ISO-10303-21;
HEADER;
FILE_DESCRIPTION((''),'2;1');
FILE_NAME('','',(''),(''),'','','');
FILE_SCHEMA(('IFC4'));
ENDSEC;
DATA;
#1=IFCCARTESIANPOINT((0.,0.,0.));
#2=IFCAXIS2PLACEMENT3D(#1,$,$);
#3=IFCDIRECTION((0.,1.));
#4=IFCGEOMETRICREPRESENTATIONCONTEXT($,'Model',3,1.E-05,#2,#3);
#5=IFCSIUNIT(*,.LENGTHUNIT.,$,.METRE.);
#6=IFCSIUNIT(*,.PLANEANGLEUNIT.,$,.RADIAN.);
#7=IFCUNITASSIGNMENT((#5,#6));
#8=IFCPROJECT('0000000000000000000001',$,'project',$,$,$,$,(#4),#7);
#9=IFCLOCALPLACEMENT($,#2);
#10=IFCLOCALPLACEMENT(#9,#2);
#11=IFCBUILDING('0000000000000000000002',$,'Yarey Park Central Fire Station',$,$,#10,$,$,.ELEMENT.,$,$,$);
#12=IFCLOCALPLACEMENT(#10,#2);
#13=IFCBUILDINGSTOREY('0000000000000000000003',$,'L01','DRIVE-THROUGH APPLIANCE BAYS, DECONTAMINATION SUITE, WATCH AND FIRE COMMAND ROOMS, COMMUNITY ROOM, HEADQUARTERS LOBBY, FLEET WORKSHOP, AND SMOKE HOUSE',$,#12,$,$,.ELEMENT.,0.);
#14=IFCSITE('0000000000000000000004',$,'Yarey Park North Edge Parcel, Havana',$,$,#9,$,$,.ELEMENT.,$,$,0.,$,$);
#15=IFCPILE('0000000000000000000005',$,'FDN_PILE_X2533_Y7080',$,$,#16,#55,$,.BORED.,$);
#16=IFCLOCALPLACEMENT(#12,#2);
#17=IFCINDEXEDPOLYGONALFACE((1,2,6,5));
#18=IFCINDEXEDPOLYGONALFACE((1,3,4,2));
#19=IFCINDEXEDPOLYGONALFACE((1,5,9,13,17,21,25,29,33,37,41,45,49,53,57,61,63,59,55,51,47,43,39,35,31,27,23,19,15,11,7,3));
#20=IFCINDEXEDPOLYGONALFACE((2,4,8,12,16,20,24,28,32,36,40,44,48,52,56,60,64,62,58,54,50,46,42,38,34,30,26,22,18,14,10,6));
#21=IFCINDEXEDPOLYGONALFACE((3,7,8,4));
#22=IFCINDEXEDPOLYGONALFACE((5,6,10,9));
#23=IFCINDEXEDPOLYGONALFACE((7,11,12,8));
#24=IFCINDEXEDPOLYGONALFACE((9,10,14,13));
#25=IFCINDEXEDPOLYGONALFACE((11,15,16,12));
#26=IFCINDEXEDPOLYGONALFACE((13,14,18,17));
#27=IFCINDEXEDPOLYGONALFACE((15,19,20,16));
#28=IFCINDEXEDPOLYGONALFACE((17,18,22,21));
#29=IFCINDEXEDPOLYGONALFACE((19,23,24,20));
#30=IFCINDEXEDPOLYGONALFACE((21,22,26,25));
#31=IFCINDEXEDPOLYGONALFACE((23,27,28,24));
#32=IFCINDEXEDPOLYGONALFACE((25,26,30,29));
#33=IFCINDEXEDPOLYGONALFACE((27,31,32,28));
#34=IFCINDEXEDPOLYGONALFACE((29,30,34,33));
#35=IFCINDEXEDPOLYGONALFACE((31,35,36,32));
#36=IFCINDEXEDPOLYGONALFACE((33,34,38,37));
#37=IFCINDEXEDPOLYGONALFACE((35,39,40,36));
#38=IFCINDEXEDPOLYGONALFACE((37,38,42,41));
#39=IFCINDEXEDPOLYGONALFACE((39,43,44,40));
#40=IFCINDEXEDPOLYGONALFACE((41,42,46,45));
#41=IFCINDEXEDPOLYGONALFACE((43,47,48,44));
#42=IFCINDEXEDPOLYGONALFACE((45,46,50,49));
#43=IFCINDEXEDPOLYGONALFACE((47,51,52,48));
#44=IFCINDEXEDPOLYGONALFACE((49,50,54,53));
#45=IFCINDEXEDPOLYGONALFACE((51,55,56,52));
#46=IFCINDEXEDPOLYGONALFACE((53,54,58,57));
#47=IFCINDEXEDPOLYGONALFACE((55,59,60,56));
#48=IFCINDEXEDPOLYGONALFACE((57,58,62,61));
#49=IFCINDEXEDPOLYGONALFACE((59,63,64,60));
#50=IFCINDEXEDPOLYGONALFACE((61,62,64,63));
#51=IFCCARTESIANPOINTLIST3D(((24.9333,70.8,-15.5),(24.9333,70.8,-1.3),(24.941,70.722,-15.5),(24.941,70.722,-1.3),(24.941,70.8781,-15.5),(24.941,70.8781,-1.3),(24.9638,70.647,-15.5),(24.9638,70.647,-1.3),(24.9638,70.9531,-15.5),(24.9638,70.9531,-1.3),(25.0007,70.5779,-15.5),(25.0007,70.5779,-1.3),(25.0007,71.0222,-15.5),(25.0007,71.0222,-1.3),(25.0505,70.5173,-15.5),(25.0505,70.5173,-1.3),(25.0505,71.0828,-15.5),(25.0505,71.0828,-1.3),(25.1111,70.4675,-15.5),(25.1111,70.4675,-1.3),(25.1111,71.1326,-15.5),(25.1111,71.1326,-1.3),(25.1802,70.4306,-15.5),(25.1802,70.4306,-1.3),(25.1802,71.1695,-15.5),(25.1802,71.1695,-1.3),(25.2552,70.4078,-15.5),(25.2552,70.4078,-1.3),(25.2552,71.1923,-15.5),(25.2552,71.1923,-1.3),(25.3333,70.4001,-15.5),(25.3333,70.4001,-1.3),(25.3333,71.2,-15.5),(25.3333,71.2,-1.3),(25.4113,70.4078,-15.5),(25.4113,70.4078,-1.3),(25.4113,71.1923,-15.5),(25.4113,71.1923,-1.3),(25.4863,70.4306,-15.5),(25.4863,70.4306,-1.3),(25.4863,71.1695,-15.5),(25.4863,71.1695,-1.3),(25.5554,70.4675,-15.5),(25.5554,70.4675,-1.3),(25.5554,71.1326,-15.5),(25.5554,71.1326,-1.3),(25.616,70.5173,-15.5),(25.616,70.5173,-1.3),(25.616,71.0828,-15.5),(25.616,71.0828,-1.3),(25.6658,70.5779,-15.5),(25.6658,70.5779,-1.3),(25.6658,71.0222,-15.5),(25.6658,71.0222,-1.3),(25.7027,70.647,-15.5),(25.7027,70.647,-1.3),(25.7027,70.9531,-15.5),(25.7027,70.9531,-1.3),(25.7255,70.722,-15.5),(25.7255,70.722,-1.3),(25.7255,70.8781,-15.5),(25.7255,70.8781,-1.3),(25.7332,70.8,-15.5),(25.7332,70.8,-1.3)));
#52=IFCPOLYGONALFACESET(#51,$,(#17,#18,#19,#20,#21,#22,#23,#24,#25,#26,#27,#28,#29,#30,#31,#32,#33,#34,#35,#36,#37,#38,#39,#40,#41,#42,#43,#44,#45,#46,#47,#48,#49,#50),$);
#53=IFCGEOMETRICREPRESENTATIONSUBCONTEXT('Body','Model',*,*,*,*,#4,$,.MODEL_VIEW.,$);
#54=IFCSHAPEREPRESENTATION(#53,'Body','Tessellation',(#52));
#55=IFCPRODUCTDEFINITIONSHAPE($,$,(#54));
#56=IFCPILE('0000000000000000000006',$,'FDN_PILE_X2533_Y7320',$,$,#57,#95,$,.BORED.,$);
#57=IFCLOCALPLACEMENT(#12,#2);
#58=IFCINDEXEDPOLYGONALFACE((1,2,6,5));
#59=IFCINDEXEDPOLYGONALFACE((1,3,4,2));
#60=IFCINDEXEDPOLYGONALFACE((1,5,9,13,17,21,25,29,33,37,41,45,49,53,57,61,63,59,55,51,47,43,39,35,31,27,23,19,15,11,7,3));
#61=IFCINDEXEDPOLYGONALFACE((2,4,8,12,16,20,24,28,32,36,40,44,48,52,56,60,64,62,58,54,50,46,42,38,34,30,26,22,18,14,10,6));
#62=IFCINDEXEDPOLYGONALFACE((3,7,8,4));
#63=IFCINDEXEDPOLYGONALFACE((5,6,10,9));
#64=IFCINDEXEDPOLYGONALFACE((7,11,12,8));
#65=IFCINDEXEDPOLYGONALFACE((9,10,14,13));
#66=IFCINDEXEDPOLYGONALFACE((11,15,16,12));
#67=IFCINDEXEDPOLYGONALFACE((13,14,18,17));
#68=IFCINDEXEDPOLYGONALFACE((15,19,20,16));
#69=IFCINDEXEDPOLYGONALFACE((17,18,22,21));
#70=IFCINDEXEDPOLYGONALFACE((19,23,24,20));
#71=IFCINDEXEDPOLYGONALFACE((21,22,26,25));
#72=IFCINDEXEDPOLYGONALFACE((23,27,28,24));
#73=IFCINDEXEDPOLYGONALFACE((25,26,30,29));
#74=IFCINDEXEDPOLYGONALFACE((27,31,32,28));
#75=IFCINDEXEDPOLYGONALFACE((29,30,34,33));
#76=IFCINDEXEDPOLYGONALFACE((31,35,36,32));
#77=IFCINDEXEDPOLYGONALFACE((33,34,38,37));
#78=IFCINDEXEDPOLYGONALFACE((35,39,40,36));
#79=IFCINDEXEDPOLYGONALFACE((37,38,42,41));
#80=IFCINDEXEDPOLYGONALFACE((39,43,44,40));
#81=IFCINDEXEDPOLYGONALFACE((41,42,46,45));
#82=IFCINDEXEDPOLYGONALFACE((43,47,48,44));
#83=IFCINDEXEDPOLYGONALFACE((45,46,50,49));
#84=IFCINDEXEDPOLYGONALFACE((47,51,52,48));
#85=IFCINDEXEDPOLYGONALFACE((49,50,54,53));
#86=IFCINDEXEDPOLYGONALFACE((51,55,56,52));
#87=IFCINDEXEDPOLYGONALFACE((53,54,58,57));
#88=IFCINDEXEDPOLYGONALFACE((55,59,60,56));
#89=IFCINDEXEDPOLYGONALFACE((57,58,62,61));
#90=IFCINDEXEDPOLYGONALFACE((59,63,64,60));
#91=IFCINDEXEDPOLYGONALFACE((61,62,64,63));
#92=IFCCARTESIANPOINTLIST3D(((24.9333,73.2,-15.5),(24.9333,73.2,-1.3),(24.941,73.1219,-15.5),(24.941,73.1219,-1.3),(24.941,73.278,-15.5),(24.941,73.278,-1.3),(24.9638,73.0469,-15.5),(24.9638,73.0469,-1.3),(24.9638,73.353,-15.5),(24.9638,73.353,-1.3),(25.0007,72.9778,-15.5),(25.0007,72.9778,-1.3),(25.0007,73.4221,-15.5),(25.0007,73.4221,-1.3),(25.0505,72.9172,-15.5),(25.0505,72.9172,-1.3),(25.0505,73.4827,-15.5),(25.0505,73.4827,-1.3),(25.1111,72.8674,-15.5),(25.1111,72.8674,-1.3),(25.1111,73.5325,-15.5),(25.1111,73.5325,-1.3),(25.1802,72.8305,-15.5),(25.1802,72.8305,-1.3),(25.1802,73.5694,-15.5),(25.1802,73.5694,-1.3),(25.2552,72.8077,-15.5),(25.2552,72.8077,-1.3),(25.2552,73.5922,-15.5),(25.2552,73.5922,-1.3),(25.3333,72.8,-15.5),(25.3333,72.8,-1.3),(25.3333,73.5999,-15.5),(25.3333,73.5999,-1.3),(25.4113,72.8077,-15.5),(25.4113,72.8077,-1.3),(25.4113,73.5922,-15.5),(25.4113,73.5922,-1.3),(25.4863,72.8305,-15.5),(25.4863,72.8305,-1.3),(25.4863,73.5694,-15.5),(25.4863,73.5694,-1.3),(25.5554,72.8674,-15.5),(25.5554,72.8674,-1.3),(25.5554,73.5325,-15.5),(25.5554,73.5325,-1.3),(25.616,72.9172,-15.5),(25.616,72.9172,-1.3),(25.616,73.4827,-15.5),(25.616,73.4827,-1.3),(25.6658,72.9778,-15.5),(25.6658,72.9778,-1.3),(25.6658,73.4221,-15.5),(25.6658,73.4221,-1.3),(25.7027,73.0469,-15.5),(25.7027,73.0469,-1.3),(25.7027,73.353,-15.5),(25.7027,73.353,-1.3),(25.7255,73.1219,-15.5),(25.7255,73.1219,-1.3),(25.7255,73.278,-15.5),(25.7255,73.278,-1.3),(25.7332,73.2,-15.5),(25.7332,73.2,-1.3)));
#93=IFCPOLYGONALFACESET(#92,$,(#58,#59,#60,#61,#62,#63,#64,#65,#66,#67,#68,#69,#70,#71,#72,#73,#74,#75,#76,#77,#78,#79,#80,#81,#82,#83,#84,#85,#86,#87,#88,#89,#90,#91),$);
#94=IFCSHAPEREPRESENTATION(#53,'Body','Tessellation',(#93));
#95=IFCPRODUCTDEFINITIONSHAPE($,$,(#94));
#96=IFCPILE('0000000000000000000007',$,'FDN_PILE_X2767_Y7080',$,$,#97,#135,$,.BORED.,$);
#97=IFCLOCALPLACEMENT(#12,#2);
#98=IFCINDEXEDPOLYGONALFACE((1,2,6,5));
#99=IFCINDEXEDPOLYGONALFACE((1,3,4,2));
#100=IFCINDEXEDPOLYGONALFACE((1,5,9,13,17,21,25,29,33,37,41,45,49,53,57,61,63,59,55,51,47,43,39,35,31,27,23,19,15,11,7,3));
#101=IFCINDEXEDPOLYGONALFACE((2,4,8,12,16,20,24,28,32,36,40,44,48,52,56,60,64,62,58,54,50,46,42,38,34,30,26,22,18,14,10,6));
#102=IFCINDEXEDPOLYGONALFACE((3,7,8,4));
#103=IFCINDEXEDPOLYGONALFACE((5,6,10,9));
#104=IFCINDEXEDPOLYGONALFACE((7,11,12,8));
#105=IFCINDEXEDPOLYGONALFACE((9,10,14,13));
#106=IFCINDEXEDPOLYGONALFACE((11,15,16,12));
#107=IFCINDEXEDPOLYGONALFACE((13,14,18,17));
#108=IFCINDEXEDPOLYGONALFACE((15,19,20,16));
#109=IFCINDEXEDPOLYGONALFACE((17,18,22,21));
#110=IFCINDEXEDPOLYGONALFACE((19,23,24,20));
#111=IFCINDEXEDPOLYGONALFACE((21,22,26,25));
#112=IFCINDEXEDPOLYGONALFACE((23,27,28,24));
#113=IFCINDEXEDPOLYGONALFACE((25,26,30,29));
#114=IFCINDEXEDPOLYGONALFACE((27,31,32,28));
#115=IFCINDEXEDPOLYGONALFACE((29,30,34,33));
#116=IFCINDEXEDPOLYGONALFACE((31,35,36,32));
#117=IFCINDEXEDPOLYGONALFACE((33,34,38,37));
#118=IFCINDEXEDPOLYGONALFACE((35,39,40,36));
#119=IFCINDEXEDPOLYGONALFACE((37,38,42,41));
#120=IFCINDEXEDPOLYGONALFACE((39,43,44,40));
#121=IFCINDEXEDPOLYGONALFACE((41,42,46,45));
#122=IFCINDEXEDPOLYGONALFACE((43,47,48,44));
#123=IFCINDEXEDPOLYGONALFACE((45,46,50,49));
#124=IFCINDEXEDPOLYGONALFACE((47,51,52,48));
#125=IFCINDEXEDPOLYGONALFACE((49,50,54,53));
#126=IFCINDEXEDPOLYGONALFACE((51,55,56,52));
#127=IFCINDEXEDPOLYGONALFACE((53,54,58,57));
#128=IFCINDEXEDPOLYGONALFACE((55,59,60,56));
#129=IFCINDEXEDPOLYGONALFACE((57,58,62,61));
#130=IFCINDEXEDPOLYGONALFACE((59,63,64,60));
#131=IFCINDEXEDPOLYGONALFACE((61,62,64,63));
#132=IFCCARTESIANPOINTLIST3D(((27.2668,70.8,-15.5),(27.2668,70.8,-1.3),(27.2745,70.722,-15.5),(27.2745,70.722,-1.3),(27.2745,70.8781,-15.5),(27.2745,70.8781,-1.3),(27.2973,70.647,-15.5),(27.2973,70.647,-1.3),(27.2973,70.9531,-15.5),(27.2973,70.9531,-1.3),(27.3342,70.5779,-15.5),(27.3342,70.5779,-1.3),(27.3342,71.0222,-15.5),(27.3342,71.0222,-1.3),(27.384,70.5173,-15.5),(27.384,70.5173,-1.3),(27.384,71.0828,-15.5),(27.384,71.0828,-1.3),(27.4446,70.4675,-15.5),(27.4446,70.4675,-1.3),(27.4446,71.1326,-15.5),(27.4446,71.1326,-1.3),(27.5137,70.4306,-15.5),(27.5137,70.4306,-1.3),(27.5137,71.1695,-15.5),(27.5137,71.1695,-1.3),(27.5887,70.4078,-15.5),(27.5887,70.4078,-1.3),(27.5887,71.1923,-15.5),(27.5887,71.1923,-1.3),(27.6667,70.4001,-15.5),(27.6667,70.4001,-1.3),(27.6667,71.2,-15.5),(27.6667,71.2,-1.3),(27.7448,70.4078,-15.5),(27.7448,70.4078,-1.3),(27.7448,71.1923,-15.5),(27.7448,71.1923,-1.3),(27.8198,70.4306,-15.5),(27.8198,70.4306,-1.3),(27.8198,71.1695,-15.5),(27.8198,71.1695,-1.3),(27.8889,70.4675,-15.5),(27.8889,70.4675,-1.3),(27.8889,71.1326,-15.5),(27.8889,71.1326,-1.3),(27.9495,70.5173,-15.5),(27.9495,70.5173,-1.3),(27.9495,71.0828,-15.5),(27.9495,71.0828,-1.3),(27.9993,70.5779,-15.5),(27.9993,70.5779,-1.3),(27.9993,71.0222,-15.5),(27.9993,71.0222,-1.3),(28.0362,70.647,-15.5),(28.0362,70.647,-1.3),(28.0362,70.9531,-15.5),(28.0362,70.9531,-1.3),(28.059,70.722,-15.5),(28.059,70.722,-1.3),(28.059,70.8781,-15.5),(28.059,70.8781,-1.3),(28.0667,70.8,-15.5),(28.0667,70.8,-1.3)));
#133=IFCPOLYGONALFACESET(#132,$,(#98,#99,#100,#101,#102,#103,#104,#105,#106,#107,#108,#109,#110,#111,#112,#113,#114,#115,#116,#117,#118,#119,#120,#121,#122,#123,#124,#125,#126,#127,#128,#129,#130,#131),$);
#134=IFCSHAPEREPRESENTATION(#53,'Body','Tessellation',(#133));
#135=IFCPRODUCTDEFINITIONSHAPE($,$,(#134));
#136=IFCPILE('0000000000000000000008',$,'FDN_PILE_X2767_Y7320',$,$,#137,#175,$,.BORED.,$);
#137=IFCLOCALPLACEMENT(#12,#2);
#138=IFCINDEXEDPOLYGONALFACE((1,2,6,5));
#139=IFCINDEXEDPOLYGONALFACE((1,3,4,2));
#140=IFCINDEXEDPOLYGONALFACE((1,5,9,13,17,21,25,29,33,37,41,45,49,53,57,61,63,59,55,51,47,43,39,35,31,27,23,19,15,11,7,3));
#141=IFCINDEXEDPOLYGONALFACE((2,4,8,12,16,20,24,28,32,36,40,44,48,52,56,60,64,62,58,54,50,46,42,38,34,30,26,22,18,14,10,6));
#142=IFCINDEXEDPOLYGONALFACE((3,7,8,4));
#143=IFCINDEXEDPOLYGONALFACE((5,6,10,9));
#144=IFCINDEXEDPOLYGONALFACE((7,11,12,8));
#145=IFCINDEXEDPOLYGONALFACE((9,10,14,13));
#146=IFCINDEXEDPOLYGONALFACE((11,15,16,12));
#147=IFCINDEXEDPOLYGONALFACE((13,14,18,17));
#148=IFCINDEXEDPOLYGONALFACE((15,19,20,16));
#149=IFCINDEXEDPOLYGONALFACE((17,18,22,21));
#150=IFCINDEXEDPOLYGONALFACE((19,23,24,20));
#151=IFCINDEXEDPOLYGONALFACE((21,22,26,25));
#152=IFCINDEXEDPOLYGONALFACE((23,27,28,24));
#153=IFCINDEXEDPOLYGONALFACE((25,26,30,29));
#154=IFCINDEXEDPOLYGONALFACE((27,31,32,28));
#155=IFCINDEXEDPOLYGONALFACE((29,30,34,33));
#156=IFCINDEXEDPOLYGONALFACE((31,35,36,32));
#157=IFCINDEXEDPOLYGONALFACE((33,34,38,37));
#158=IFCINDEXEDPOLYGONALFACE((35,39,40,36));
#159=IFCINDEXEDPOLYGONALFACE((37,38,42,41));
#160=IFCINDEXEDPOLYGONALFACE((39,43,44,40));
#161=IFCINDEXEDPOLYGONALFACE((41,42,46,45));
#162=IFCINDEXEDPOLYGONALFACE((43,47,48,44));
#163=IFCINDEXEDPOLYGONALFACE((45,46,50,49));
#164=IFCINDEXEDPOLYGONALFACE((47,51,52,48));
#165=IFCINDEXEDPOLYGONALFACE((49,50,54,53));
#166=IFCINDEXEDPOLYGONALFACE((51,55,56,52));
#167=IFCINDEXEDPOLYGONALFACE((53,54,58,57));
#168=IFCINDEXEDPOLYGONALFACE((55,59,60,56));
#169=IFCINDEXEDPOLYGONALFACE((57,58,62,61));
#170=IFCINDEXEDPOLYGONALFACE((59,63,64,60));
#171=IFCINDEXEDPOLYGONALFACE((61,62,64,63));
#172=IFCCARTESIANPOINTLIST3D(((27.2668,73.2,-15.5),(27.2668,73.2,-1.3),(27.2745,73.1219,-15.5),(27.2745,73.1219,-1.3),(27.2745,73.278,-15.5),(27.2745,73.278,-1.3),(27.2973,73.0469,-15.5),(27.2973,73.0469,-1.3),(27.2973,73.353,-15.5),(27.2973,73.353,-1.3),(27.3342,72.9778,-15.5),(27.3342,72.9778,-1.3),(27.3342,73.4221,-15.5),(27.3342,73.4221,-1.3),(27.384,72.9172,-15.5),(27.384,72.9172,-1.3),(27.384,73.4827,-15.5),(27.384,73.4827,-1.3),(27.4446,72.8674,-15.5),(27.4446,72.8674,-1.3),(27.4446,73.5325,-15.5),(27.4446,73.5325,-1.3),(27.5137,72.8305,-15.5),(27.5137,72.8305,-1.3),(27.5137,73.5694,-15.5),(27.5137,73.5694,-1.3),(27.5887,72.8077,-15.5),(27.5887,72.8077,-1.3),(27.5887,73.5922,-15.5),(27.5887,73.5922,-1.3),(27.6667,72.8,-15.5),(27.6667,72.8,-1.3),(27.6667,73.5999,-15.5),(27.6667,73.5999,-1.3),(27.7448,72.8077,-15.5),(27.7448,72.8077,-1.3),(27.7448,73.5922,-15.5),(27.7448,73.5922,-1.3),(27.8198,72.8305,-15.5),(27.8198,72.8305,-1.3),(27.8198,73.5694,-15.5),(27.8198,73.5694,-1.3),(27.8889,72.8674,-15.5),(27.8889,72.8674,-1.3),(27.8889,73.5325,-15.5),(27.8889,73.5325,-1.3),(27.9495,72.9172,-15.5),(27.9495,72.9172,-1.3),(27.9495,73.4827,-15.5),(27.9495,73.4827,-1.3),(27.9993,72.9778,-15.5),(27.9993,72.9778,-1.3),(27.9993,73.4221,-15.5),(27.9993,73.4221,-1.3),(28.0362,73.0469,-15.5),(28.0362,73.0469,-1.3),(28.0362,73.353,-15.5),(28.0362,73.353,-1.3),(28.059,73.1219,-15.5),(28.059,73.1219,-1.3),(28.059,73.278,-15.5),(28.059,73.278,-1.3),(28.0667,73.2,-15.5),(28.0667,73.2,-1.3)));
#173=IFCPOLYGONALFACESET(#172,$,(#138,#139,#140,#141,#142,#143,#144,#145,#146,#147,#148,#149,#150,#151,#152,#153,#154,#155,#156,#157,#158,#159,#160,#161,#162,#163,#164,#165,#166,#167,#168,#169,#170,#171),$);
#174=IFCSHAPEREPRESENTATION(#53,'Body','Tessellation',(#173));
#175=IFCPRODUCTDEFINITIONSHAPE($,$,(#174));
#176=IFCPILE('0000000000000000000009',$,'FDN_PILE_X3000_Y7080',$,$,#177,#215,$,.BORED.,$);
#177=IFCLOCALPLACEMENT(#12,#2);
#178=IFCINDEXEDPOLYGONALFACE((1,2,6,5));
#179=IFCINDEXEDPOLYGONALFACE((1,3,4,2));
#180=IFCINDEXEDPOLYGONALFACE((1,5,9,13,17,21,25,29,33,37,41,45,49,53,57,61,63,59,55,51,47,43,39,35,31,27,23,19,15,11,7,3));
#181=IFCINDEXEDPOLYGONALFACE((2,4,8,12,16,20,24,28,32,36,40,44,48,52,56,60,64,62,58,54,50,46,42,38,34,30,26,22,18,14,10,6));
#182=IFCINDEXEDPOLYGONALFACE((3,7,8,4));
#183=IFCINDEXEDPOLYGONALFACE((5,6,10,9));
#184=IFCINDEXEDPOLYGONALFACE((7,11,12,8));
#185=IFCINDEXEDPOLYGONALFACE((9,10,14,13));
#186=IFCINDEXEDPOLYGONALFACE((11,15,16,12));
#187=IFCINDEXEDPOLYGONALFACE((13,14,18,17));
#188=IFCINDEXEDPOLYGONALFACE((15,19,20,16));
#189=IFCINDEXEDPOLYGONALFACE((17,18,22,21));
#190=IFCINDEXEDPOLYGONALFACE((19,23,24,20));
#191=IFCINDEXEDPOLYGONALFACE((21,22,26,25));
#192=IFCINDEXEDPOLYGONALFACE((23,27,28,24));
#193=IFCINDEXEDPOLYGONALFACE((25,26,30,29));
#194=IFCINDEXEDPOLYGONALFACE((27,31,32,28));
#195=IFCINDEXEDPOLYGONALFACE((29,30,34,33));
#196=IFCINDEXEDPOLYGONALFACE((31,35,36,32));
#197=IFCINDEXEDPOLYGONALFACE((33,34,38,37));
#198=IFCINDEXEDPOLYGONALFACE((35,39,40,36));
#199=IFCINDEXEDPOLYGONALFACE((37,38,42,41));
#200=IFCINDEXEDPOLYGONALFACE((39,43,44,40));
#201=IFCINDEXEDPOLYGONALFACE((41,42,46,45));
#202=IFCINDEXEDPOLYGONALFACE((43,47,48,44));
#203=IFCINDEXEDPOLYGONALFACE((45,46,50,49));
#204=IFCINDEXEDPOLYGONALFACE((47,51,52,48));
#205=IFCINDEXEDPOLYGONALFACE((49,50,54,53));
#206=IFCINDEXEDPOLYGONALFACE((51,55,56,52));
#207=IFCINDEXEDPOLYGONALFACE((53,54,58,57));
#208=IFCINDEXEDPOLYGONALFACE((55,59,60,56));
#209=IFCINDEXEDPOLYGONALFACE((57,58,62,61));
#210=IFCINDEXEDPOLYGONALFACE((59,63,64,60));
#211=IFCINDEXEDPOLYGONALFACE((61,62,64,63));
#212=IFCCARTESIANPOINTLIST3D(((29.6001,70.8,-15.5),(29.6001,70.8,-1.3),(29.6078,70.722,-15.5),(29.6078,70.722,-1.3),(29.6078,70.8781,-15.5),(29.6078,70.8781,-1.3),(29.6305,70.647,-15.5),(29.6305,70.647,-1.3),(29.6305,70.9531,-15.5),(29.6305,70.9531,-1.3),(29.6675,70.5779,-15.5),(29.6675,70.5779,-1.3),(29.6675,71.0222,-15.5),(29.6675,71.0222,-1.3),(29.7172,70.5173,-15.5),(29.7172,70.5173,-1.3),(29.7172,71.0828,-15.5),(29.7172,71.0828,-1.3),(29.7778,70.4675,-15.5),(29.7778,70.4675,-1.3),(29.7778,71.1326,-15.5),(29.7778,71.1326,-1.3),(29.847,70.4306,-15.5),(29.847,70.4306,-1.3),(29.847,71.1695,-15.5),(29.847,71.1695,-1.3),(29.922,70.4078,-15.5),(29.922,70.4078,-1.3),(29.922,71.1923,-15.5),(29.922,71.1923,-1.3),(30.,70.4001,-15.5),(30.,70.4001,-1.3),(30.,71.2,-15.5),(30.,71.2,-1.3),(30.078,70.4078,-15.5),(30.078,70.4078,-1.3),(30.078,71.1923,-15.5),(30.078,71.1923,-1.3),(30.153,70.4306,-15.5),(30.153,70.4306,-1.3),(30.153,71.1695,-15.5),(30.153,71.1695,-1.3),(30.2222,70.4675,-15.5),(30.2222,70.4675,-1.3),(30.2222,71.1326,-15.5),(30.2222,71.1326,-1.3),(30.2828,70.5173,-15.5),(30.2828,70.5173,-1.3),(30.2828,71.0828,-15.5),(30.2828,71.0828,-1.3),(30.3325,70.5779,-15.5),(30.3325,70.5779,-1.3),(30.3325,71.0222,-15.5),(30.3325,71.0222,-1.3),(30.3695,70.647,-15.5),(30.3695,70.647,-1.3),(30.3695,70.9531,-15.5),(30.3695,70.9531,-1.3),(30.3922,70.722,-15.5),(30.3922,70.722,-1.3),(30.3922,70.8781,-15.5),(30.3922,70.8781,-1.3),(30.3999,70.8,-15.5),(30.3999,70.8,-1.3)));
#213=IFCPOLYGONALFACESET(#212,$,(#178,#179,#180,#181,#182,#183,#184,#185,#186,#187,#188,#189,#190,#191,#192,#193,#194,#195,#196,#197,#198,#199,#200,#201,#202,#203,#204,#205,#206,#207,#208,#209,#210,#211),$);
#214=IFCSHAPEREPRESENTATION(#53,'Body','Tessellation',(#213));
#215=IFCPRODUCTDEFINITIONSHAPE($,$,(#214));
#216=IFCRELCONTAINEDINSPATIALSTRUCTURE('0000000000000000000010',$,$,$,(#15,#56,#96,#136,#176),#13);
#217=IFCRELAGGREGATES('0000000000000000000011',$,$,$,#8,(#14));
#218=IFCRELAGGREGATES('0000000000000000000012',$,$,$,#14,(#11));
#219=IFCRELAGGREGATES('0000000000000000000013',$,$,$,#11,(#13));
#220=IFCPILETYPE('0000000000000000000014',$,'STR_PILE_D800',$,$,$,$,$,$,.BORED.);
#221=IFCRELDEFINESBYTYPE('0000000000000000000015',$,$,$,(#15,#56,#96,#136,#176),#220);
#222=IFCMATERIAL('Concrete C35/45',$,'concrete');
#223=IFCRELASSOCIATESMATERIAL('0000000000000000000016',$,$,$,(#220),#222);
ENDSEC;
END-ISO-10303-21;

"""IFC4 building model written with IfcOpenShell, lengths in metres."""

from ifc_helpers import new_model, si_unit, direction, frame, origin, origin_2d, place, context, subcontext, project, spatial, circle, extrude, material, material_profile, profile_set, type_object, element, save


model = new_model("IFC4")

# Units and contexts
model_context = context("Model", 3, precision=1e-05, world=origin(), true_north=direction((0.0, 1.0)))
body_context = subcontext(model_context, "Body", "Model", "MODEL_VIEW")
ifc_project = project(units=[si_unit("LENGTHUNIT", "METRE"), si_unit("PLANEANGLEUNIT", "RADIAN")], contexts=[model_context])

# Site, building, storey
site_placement = place(None, origin())
site = spatial("IfcSite", under=ifc_project, at=site_placement, Name="Yarey Park North Edge Parcel, Havana", CompositionType="ELEMENT", RefElevation=0.0)
building_placement = place(site_placement, origin())
building = spatial("IfcBuilding", under=site, at=building_placement, Name="Yarey Park Central Fire Station", CompositionType="ELEMENT")
storey_placement = place(building_placement, origin())
storey = spatial("IfcBuildingStorey", under=building, at=storey_placement, Name="L01", Description="DRIVE-THROUGH APPLIANCE BAYS, DECONTAMINATION SUITE, WATCH AND FIRE COMMAND ROOMS, COMMUNITY ROOM, HEADQUARTERS LOBBY, FLEET WORKSHOP, AND SMOKE HOUSE", CompositionType="ELEMENT", Elevation=0.0)

# Shared definitions
ifc_material_1 = material(Name="Concrete C35/45", Category="concrete")

# Piles
ifc_material_profile_1 = material_profile(ifc_material_1, circle(Radius=0.3999, at=origin_2d()), Name="BORED PILE D800")
ifc_profile_set_1 = profile_set([ifc_material_profile_1], Name="Concrete C35/45")
pile_type_1 = type_object("IfcPileType", Name="STR_PILE_D800", PredefinedType="BORED", material=ifc_profile_set_1)
for number, where, z_axis, x_axis, name in (
    (1, (25.3333, 70.8, -1.3), (0.0, 0.0, -1.0), (1.0, 0.0, 0.0), "FDN_PILE_X2533_Y7080"),
    (2, (25.3333, 73.2, -1.3), (0.0, 0.0, -1.0), (1.0, 0.0, 0.0), "FDN_PILE_X2533_Y7320"),
    (3, (27.6667, 70.8, -1.3), (0.0, 0.0, -1.0), (1.0, 0.0, 0.0), "FDN_PILE_X2767_Y7080"),
    (4, (27.6667, 73.2, -1.3), (0.0, 0.0, -1.0), (1.0, 0.0, 0.0), "FDN_PILE_X2767_Y7320"),
    (5, (30.0, 70.8, -1.3), (0.0, 0.0, -1.0), (1.0, 0.0, 0.0), "FDN_PILE_X3000_Y7080"),
):
    element("IfcPile", number, at=place(storey_placement, frame(where, z_axis=z_axis, x_axis=x_axis)), inside=storey, type_object=pile_type_1, Name=name, PredefinedType="BORED", context=body_context, shape_type="SweptSolid", body=[
        extrude(circle(Radius=0.3999, at=origin_2d()), origin(), (0.0, 0.0, 1.0), 14.2),
    ])

save(model, "model.ifc")
